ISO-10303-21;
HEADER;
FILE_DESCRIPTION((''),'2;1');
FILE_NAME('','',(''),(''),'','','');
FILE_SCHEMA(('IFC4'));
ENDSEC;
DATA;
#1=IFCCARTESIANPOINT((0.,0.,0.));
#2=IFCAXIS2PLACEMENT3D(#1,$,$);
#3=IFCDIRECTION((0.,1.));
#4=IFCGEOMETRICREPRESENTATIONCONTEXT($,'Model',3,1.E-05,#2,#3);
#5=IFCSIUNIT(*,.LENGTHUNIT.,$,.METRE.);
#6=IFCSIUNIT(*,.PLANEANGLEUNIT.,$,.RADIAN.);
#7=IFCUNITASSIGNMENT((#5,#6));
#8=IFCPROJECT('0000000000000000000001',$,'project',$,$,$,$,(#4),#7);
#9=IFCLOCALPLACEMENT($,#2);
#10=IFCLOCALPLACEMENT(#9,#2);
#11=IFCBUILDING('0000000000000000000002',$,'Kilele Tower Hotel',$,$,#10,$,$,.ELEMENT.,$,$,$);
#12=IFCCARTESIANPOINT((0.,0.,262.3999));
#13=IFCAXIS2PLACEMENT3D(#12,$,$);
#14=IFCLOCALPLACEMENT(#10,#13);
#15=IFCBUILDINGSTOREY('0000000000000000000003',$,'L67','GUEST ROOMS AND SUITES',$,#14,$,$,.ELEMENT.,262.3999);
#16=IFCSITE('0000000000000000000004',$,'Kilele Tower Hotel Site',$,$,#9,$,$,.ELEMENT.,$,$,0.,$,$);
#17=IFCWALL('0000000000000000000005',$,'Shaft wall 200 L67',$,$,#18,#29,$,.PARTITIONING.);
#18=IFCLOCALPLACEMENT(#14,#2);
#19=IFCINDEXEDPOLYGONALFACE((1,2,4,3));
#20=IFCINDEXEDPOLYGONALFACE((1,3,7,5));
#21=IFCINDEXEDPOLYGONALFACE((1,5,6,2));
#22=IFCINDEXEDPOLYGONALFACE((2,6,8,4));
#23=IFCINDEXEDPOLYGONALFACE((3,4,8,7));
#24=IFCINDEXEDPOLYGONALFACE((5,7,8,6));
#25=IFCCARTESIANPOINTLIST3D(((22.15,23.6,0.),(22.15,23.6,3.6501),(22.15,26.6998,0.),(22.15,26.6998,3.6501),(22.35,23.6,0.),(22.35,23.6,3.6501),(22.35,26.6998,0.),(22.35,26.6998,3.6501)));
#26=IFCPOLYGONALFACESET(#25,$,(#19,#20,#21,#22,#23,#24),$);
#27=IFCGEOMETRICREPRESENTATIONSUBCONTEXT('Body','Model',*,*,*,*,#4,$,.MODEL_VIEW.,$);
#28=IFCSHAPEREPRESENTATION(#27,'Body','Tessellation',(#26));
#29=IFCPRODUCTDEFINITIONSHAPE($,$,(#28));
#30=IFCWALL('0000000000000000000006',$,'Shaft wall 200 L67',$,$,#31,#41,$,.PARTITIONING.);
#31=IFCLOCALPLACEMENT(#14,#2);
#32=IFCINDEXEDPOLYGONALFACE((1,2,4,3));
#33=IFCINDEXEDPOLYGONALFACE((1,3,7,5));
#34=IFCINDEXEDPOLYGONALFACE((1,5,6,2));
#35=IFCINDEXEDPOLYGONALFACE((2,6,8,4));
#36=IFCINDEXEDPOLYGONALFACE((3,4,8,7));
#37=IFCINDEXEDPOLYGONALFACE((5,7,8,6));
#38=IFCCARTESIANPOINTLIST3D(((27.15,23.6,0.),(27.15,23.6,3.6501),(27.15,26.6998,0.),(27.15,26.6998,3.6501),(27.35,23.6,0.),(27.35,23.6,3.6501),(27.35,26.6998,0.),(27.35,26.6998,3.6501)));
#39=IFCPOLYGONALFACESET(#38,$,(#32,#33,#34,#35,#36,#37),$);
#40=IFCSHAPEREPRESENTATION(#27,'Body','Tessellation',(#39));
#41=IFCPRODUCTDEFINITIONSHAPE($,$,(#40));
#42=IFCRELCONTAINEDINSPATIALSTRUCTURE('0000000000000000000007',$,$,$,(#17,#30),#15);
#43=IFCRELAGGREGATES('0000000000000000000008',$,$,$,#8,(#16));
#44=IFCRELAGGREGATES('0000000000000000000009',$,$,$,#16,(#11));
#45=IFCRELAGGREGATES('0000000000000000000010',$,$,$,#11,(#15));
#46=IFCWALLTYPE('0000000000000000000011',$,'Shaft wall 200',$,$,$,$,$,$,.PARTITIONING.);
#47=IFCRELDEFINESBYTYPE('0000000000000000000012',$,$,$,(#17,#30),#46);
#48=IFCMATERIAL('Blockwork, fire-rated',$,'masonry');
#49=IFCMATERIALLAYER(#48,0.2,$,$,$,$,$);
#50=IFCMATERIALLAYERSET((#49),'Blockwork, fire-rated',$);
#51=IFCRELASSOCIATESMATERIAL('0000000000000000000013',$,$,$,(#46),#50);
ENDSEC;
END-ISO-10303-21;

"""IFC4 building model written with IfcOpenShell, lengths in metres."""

from ifc_helpers import new_model, si_unit, direction, frame, frame_2d, origin, place, context, subcontext, project, spatial, rectangle, extrude, material, layer, layer_set, type_object, element, save


model = new_model("IFC4")

# Units and contexts
model_context = context("Model", 3, precision=1e-05, world=origin(), true_north=direction((0.0, 1.0)))
body_context = subcontext(model_context, "Body", "Model", "MODEL_VIEW")
ifc_project = project(units=[si_unit("LENGTHUNIT", "METRE"), si_unit("PLANEANGLEUNIT", "RADIAN")], contexts=[model_context])

# Site, building, storey
site_placement = place(None, origin())
site = spatial("IfcSite", under=ifc_project, at=site_placement, Name="Kilele Tower Hotel Site", CompositionType="ELEMENT", RefElevation=0.0)
building_placement = place(site_placement, origin())
building = spatial("IfcBuilding", under=site, at=building_placement, Name="Kilele Tower Hotel", CompositionType="ELEMENT")
storey_placement = place(building_placement, frame((0.0, 0.0, 262.3999)))
storey = spatial("IfcBuildingStorey", under=building, at=storey_placement, Name="L67", Description="GUEST ROOMS AND SUITES", CompositionType="ELEMENT", Elevation=262.3999)

# Walls
ifc_material_1 = material(Name="Blockwork, fire-rated", Category="masonry")
ifc_layer_1 = layer(ifc_material_1, 0.2)
ifc_layer_set_1 = layer_set([ifc_layer_1], Name="Blockwork, fire-rated")
wall_type_1 = type_object("IfcWallType", Name="Shaft wall 200", PredefinedType="PARTITIONING", material=ifc_layer_set_1)
for number, where, z_axis, x_axis, name in (
    (1, (22.25, 23.6001, 0.0), (0.0, 0.0, 1.0), (0.0, 1.0, 0.0), "Shaft wall 200 L67"),
    (2, (27.25, 23.6001, 0.0), (0.0, 0.0, 1.0), (0.0, 1.0, 0.0), "Shaft wall 200 L67"),
):
    element("IfcWall", number, at=place(storey_placement, frame(where, z_axis=z_axis, x_axis=x_axis)), inside=storey, type_object=wall_type_1, Name=name, PredefinedType="PARTITIONING", context=body_context, shape_type="SweptSolid", body=[
        extrude(rectangle(XDim=3.0999, YDim=0.2, at=frame_2d((1.5498, 0.0))), origin(), (0.0, 0.0, 1.0), 3.6501),
    ])

save(model, "model.ifc")
